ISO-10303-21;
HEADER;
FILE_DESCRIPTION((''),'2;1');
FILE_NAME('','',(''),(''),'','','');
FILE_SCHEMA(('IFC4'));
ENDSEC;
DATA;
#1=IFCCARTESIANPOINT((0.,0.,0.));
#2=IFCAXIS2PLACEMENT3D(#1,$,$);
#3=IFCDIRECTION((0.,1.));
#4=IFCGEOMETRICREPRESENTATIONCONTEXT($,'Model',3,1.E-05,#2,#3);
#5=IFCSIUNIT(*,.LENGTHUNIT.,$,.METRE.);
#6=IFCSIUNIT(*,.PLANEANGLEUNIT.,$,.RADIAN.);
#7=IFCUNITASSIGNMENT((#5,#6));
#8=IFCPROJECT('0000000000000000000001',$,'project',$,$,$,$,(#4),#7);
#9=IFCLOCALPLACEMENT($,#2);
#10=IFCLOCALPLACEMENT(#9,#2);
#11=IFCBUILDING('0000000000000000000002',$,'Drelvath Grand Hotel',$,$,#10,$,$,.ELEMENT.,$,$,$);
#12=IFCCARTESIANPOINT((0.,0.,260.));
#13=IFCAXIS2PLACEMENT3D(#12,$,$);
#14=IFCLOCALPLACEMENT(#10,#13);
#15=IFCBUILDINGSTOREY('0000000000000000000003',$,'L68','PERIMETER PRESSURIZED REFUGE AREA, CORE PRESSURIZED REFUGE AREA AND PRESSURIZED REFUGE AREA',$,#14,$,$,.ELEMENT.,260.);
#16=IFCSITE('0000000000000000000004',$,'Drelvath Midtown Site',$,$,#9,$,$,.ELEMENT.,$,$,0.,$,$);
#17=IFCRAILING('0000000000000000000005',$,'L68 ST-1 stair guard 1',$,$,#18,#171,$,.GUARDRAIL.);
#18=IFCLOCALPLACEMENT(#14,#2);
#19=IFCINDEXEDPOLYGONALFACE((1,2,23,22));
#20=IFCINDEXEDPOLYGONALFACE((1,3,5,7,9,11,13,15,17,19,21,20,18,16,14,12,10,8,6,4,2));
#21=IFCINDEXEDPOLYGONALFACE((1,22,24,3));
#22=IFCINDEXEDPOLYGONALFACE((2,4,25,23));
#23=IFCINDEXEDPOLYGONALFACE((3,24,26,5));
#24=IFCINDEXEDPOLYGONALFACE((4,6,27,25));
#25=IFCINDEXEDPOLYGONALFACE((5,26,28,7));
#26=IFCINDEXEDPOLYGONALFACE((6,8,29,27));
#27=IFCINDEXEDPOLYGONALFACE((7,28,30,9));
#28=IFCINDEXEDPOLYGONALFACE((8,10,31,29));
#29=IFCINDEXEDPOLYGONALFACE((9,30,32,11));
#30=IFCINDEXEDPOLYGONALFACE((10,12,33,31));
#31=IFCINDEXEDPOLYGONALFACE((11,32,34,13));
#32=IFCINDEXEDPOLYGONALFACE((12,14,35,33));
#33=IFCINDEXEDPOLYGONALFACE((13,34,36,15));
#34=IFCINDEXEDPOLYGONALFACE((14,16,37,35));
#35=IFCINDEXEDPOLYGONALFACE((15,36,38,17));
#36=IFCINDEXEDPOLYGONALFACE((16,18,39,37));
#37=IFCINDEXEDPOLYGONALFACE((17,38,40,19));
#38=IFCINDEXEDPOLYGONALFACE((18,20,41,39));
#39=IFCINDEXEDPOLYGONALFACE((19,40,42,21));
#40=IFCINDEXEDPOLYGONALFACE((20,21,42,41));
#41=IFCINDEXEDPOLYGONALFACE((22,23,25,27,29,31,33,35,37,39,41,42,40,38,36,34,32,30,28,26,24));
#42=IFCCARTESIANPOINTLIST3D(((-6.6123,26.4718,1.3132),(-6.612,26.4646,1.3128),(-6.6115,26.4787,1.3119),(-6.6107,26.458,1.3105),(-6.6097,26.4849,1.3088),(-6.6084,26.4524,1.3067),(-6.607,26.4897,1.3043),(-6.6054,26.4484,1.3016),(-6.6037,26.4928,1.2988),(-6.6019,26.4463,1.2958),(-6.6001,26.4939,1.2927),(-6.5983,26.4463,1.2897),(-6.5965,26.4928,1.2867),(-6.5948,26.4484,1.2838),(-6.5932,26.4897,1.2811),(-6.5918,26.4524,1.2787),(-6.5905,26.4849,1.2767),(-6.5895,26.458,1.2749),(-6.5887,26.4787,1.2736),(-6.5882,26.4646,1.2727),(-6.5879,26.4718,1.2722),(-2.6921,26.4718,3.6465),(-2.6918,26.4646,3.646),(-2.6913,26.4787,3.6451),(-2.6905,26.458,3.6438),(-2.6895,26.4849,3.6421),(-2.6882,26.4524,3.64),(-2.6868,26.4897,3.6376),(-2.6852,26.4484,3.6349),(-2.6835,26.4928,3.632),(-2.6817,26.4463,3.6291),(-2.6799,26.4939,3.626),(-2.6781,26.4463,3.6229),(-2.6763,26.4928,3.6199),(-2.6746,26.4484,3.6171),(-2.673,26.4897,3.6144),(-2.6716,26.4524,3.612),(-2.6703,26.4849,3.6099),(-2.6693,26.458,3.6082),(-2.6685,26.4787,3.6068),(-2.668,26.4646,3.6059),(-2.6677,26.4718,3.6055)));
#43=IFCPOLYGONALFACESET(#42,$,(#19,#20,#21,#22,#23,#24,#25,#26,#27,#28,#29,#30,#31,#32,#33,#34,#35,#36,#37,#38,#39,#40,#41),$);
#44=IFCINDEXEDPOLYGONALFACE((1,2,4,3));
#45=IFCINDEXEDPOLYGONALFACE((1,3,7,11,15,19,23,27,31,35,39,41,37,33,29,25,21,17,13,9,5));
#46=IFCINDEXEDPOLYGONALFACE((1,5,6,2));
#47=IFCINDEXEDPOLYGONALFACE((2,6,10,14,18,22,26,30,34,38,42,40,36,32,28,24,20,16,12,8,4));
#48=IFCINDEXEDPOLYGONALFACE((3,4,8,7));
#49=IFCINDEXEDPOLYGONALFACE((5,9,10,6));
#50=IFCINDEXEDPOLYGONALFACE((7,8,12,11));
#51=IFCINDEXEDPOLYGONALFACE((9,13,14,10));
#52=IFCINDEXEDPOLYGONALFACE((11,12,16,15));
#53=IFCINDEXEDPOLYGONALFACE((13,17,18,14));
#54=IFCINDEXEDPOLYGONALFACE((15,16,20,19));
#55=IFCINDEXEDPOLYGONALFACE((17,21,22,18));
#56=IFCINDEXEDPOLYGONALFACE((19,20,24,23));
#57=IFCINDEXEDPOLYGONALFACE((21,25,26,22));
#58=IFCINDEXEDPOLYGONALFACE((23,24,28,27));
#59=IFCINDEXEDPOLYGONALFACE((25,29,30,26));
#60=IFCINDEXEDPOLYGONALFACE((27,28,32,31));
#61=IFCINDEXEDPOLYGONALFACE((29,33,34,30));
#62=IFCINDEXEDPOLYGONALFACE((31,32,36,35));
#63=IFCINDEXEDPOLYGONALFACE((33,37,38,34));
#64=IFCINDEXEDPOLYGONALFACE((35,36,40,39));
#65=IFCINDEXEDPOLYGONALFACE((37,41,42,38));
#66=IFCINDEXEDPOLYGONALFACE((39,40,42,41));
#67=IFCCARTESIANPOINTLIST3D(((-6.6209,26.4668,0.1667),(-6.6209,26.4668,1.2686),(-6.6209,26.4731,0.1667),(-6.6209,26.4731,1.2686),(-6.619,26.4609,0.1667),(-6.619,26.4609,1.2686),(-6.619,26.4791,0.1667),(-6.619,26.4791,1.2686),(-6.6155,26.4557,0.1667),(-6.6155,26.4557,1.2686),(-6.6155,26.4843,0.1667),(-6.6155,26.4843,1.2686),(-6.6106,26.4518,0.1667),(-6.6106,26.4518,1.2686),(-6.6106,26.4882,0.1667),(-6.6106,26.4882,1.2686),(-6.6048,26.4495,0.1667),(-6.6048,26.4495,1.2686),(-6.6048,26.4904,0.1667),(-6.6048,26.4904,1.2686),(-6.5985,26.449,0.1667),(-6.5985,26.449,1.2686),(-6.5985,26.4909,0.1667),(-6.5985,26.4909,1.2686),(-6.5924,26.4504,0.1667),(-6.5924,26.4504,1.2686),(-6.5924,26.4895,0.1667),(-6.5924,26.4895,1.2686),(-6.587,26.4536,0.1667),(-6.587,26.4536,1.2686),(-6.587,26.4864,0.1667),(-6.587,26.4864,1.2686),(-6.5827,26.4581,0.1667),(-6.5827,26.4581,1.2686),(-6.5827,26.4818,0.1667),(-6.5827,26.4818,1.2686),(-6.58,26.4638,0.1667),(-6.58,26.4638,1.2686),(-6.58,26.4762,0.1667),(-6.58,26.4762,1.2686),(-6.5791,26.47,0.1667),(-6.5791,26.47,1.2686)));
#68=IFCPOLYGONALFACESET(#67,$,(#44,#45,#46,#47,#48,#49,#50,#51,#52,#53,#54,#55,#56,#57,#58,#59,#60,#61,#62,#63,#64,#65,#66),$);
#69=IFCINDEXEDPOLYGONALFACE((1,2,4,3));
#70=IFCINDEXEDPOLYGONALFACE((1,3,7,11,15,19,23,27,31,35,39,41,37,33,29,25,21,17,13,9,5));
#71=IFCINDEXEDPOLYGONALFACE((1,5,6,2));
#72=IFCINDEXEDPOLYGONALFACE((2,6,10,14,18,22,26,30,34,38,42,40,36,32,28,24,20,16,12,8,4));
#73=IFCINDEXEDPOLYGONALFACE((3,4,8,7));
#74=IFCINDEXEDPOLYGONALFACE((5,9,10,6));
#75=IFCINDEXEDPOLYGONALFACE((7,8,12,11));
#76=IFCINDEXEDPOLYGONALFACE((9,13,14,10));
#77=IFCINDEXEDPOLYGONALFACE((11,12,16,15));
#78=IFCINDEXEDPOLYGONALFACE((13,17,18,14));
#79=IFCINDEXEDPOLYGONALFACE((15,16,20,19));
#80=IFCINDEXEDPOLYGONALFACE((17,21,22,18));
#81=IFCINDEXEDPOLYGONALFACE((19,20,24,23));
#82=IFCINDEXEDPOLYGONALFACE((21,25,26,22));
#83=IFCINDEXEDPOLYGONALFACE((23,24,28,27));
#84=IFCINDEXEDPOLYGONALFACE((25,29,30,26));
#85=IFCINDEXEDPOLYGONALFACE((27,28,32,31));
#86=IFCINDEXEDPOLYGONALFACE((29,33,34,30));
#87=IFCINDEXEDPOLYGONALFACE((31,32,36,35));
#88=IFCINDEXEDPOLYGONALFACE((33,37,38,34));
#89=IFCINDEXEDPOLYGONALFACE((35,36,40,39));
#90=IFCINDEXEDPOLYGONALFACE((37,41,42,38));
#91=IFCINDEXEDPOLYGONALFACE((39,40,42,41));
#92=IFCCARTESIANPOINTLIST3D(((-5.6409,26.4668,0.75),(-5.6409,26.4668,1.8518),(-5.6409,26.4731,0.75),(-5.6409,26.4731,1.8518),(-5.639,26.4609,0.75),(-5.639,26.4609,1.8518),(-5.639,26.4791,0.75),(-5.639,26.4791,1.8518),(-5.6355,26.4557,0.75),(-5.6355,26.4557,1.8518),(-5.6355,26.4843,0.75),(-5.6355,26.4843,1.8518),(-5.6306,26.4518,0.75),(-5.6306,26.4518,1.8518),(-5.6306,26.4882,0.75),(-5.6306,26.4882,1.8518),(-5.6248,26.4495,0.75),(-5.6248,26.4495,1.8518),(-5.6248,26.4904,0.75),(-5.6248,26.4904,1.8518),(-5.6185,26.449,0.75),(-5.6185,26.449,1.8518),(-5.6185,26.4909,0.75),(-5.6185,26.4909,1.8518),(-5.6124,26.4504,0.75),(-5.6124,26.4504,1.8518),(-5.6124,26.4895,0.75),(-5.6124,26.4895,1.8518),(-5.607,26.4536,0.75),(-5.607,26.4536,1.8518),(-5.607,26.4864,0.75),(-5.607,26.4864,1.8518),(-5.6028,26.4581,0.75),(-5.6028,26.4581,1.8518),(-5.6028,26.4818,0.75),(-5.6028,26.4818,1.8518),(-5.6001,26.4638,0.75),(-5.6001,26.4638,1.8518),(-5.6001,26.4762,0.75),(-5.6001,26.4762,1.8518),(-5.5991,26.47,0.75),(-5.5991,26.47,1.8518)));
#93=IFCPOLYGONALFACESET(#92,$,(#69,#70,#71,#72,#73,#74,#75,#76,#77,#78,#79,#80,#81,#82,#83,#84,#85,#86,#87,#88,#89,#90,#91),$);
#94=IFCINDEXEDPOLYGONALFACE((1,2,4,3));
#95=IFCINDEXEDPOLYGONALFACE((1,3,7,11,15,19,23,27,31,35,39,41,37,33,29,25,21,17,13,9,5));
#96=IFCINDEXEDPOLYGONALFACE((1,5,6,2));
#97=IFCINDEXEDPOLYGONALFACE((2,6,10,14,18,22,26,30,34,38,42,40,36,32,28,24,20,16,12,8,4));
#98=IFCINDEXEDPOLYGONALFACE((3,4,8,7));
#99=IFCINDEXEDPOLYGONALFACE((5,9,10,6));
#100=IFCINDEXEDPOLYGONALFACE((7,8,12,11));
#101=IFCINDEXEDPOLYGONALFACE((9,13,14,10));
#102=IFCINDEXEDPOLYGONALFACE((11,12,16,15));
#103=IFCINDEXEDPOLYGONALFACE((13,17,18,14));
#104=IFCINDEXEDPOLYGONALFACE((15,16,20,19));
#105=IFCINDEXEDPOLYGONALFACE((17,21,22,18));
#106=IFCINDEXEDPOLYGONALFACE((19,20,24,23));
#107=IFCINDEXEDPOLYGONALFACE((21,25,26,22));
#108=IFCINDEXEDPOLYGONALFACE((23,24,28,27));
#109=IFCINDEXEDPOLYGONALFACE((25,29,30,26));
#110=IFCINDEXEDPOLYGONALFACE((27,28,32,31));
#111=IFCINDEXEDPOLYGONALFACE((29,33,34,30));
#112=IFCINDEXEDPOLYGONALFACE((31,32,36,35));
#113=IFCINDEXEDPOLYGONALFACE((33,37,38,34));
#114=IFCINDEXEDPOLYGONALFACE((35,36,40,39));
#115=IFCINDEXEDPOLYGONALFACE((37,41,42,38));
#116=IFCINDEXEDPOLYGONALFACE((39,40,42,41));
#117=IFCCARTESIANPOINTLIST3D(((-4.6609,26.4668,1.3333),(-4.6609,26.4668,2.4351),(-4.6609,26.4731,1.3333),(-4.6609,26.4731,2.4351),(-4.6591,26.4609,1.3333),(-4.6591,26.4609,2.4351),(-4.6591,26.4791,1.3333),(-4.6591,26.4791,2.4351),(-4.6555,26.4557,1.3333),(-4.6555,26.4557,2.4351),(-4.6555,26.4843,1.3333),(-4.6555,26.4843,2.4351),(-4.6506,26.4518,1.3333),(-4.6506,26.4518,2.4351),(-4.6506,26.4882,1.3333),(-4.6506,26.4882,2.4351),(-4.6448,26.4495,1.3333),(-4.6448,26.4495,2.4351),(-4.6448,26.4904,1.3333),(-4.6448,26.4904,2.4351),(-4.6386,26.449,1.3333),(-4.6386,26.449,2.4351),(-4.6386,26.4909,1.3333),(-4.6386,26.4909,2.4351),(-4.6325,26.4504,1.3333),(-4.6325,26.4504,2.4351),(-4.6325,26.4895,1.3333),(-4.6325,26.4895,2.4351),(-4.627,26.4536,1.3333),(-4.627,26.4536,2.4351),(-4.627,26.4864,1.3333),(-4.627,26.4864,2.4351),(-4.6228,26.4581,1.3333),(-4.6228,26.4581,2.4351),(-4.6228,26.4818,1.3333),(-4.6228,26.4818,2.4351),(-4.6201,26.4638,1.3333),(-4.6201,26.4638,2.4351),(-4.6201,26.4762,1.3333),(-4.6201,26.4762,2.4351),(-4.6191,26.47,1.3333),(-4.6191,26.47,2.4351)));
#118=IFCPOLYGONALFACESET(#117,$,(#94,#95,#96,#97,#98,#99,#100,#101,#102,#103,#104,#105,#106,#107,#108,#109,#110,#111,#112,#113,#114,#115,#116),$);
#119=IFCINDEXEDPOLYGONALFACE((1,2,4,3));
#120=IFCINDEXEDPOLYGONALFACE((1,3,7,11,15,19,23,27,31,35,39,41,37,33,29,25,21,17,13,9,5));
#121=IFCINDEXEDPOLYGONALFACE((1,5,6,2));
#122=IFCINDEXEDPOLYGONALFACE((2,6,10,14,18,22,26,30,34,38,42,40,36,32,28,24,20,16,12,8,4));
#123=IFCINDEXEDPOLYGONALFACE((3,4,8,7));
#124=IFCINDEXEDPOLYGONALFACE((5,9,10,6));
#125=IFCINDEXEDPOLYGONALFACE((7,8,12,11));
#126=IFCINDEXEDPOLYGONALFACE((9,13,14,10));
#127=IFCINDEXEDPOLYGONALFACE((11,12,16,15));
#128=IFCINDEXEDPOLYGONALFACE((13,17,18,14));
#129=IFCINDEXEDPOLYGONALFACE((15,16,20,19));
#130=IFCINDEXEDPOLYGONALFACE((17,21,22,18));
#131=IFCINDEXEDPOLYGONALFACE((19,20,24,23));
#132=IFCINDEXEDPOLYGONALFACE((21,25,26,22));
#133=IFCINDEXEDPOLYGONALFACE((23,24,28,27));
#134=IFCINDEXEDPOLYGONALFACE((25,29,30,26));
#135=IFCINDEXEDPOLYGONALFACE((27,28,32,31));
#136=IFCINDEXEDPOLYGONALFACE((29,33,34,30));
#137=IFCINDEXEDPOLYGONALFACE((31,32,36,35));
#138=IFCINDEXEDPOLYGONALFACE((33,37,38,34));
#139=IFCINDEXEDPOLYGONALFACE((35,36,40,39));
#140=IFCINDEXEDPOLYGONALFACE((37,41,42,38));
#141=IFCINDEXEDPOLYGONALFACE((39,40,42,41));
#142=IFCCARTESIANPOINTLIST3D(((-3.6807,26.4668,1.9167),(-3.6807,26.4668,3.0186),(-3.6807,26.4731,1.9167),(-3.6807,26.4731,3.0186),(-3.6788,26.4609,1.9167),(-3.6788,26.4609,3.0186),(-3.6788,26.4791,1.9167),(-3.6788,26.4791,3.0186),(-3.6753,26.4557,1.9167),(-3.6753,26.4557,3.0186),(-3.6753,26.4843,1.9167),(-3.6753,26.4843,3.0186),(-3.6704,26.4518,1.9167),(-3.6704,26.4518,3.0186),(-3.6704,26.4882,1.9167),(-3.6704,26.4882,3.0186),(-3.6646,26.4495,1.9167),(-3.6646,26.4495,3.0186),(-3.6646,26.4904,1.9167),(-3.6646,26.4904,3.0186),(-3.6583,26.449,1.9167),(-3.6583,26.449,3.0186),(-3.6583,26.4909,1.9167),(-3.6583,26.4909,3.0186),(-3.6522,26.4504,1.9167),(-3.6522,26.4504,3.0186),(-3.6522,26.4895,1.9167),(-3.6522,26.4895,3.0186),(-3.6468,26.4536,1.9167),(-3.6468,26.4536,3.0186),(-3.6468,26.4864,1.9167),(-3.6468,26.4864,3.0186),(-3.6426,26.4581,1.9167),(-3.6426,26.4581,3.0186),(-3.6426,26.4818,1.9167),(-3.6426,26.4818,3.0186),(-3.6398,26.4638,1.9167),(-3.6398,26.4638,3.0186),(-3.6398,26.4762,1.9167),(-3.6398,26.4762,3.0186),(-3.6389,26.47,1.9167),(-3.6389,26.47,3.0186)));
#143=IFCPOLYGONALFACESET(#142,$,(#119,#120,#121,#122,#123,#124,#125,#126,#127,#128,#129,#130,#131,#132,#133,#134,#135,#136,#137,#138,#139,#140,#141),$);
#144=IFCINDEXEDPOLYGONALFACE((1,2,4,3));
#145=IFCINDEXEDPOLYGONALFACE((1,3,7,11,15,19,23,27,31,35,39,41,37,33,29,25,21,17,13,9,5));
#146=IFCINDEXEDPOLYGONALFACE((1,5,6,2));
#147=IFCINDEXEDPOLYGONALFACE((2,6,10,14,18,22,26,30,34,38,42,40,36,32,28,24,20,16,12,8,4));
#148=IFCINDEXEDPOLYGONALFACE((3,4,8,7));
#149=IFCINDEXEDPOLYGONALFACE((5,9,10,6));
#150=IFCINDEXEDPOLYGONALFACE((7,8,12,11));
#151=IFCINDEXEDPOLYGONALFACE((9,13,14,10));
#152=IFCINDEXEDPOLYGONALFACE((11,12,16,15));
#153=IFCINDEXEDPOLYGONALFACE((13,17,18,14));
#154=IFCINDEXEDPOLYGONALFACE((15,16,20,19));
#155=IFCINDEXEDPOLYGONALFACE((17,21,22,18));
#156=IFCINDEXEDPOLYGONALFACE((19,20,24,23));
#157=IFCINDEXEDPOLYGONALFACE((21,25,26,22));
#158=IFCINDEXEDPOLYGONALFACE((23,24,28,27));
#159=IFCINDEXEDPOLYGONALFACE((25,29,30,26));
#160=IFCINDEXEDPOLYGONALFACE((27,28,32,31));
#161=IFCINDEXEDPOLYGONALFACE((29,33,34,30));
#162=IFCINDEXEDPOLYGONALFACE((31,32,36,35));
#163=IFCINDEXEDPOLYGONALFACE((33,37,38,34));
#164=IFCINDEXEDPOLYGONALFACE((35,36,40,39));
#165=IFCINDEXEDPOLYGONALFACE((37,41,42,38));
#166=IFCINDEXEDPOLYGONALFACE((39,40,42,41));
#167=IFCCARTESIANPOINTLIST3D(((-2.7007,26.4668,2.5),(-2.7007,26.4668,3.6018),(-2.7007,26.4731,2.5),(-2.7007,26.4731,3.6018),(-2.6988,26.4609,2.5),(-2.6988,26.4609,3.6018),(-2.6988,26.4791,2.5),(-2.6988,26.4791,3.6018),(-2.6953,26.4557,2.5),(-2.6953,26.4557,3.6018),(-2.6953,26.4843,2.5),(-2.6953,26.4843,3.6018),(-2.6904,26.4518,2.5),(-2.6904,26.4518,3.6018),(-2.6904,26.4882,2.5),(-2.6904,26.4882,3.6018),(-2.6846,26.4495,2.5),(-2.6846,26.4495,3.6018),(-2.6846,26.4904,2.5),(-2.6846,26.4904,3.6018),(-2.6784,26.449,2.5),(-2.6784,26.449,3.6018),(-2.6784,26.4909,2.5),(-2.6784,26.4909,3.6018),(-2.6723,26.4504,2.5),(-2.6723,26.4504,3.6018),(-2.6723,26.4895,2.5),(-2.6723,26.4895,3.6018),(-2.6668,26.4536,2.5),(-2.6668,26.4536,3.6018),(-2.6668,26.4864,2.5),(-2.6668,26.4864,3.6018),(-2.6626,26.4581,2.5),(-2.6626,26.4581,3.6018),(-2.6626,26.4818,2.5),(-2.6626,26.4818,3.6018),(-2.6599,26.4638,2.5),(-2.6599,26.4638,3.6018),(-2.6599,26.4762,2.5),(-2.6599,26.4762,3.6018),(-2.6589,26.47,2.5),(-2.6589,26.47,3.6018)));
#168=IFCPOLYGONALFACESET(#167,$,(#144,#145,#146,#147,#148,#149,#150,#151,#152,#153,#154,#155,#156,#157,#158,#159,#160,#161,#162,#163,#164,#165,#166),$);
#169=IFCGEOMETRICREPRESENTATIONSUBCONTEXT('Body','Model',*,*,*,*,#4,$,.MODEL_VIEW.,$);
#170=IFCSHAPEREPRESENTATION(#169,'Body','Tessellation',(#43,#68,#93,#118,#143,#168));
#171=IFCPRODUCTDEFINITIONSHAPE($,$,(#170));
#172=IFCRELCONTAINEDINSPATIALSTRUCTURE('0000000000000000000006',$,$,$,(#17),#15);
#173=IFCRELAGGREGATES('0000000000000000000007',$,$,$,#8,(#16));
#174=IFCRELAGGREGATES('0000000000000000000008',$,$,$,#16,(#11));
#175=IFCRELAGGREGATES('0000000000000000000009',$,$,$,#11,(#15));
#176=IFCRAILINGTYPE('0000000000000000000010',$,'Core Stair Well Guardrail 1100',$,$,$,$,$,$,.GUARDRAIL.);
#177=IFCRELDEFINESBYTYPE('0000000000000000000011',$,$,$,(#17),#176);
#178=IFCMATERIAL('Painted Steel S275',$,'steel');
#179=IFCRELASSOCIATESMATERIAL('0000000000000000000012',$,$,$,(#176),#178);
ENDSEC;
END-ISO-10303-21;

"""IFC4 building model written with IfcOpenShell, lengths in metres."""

from ifc_helpers import new_model, si_unit, direction, frame, origin, origin_2d, place, context, subcontext, project, spatial, circle, extrude, material, type_object, element, save


model = new_model("IFC4")

# Units and contexts
model_context = context("Model", 3, precision=1e-05, world=origin(), true_north=direction((0.0, 1.0)))
body_context = subcontext(model_context, "Body", "Model", "MODEL_VIEW")
ifc_project = project(units=[si_unit("LENGTHUNIT", "METRE"), si_unit("PLANEANGLEUNIT", "RADIAN")], contexts=[model_context])

# Site, building, storey
site_placement = place(None, origin())
site = spatial("IfcSite", under=ifc_project, at=site_placement, Name="Drelvath Midtown Site", CompositionType="ELEMENT", RefElevation=0.0)
building_placement = place(site_placement, origin())
building = spatial("IfcBuilding", under=site, at=building_placement, Name="Drelvath Grand Hotel", CompositionType="ELEMENT")
storey_placement = place(building_placement, frame((0.0, 0.0, 260.0)))
storey = spatial("IfcBuildingStorey", under=building, at=storey_placement, Name="L68", Description="PERIMETER PRESSURIZED REFUGE AREA, CORE PRESSURIZED REFUGE AREA AND PRESSURIZED REFUGE AREA", CompositionType="ELEMENT", Elevation=260.0)

# Shared definitions
ifc_material_1 = material(Name="Painted Steel S275", Category="steel")

# Railing
railing_type_1 = type_object("IfcRailingType", Name="Core Stair Well Guardrail 1100", PredefinedType="GUARDRAIL", material=ifc_material_1)
railing_1_placement = place(storey_placement, frame((-6.6001, 26.47, 0.1667)))
element("IfcRailing", 1, at=railing_1_placement, inside=storey, type_object=railing_type_1, Name="L68 ST-1 stair guard 1", PredefinedType="GUARDRAIL", context=body_context, shape_type="SweptSolid", body=[
    extrude(circle(Radius=0.0239, at=origin_2d()), frame((0.0, 0.0, 1.126), z_axis=(0.85931, 0.0, 0.511455), x_axis=(0.0, 1.0, 0.0)), (0.0, 0.0, 1.0), 4.562),
    extrude(circle(Radius=0.021, at=origin_2d()), origin(), (0.0, 0.0, 1.0), 1.1018),
    extrude(circle(Radius=0.021, at=origin_2d()), frame((0.98, 0.0, 0.5833)), (0.0, 0.0, 1.0), 1.1018),
    extrude(circle(Radius=0.021, at=origin_2d()), frame((1.96, 0.0, 1.1665)), (0.0, 0.0, 1.0), 1.1018),
    extrude(circle(Radius=0.021, at=origin_2d()), frame((2.9402, 0.0, 1.75)), (0.0, 0.0, 1.0), 1.1018),
    extrude(circle(Radius=0.021, at=origin_2d()), frame((3.9202, 0.0, 2.3333)), (0.0, 0.0, 1.0), 1.1018),
])

save(model, "model.ifc")
